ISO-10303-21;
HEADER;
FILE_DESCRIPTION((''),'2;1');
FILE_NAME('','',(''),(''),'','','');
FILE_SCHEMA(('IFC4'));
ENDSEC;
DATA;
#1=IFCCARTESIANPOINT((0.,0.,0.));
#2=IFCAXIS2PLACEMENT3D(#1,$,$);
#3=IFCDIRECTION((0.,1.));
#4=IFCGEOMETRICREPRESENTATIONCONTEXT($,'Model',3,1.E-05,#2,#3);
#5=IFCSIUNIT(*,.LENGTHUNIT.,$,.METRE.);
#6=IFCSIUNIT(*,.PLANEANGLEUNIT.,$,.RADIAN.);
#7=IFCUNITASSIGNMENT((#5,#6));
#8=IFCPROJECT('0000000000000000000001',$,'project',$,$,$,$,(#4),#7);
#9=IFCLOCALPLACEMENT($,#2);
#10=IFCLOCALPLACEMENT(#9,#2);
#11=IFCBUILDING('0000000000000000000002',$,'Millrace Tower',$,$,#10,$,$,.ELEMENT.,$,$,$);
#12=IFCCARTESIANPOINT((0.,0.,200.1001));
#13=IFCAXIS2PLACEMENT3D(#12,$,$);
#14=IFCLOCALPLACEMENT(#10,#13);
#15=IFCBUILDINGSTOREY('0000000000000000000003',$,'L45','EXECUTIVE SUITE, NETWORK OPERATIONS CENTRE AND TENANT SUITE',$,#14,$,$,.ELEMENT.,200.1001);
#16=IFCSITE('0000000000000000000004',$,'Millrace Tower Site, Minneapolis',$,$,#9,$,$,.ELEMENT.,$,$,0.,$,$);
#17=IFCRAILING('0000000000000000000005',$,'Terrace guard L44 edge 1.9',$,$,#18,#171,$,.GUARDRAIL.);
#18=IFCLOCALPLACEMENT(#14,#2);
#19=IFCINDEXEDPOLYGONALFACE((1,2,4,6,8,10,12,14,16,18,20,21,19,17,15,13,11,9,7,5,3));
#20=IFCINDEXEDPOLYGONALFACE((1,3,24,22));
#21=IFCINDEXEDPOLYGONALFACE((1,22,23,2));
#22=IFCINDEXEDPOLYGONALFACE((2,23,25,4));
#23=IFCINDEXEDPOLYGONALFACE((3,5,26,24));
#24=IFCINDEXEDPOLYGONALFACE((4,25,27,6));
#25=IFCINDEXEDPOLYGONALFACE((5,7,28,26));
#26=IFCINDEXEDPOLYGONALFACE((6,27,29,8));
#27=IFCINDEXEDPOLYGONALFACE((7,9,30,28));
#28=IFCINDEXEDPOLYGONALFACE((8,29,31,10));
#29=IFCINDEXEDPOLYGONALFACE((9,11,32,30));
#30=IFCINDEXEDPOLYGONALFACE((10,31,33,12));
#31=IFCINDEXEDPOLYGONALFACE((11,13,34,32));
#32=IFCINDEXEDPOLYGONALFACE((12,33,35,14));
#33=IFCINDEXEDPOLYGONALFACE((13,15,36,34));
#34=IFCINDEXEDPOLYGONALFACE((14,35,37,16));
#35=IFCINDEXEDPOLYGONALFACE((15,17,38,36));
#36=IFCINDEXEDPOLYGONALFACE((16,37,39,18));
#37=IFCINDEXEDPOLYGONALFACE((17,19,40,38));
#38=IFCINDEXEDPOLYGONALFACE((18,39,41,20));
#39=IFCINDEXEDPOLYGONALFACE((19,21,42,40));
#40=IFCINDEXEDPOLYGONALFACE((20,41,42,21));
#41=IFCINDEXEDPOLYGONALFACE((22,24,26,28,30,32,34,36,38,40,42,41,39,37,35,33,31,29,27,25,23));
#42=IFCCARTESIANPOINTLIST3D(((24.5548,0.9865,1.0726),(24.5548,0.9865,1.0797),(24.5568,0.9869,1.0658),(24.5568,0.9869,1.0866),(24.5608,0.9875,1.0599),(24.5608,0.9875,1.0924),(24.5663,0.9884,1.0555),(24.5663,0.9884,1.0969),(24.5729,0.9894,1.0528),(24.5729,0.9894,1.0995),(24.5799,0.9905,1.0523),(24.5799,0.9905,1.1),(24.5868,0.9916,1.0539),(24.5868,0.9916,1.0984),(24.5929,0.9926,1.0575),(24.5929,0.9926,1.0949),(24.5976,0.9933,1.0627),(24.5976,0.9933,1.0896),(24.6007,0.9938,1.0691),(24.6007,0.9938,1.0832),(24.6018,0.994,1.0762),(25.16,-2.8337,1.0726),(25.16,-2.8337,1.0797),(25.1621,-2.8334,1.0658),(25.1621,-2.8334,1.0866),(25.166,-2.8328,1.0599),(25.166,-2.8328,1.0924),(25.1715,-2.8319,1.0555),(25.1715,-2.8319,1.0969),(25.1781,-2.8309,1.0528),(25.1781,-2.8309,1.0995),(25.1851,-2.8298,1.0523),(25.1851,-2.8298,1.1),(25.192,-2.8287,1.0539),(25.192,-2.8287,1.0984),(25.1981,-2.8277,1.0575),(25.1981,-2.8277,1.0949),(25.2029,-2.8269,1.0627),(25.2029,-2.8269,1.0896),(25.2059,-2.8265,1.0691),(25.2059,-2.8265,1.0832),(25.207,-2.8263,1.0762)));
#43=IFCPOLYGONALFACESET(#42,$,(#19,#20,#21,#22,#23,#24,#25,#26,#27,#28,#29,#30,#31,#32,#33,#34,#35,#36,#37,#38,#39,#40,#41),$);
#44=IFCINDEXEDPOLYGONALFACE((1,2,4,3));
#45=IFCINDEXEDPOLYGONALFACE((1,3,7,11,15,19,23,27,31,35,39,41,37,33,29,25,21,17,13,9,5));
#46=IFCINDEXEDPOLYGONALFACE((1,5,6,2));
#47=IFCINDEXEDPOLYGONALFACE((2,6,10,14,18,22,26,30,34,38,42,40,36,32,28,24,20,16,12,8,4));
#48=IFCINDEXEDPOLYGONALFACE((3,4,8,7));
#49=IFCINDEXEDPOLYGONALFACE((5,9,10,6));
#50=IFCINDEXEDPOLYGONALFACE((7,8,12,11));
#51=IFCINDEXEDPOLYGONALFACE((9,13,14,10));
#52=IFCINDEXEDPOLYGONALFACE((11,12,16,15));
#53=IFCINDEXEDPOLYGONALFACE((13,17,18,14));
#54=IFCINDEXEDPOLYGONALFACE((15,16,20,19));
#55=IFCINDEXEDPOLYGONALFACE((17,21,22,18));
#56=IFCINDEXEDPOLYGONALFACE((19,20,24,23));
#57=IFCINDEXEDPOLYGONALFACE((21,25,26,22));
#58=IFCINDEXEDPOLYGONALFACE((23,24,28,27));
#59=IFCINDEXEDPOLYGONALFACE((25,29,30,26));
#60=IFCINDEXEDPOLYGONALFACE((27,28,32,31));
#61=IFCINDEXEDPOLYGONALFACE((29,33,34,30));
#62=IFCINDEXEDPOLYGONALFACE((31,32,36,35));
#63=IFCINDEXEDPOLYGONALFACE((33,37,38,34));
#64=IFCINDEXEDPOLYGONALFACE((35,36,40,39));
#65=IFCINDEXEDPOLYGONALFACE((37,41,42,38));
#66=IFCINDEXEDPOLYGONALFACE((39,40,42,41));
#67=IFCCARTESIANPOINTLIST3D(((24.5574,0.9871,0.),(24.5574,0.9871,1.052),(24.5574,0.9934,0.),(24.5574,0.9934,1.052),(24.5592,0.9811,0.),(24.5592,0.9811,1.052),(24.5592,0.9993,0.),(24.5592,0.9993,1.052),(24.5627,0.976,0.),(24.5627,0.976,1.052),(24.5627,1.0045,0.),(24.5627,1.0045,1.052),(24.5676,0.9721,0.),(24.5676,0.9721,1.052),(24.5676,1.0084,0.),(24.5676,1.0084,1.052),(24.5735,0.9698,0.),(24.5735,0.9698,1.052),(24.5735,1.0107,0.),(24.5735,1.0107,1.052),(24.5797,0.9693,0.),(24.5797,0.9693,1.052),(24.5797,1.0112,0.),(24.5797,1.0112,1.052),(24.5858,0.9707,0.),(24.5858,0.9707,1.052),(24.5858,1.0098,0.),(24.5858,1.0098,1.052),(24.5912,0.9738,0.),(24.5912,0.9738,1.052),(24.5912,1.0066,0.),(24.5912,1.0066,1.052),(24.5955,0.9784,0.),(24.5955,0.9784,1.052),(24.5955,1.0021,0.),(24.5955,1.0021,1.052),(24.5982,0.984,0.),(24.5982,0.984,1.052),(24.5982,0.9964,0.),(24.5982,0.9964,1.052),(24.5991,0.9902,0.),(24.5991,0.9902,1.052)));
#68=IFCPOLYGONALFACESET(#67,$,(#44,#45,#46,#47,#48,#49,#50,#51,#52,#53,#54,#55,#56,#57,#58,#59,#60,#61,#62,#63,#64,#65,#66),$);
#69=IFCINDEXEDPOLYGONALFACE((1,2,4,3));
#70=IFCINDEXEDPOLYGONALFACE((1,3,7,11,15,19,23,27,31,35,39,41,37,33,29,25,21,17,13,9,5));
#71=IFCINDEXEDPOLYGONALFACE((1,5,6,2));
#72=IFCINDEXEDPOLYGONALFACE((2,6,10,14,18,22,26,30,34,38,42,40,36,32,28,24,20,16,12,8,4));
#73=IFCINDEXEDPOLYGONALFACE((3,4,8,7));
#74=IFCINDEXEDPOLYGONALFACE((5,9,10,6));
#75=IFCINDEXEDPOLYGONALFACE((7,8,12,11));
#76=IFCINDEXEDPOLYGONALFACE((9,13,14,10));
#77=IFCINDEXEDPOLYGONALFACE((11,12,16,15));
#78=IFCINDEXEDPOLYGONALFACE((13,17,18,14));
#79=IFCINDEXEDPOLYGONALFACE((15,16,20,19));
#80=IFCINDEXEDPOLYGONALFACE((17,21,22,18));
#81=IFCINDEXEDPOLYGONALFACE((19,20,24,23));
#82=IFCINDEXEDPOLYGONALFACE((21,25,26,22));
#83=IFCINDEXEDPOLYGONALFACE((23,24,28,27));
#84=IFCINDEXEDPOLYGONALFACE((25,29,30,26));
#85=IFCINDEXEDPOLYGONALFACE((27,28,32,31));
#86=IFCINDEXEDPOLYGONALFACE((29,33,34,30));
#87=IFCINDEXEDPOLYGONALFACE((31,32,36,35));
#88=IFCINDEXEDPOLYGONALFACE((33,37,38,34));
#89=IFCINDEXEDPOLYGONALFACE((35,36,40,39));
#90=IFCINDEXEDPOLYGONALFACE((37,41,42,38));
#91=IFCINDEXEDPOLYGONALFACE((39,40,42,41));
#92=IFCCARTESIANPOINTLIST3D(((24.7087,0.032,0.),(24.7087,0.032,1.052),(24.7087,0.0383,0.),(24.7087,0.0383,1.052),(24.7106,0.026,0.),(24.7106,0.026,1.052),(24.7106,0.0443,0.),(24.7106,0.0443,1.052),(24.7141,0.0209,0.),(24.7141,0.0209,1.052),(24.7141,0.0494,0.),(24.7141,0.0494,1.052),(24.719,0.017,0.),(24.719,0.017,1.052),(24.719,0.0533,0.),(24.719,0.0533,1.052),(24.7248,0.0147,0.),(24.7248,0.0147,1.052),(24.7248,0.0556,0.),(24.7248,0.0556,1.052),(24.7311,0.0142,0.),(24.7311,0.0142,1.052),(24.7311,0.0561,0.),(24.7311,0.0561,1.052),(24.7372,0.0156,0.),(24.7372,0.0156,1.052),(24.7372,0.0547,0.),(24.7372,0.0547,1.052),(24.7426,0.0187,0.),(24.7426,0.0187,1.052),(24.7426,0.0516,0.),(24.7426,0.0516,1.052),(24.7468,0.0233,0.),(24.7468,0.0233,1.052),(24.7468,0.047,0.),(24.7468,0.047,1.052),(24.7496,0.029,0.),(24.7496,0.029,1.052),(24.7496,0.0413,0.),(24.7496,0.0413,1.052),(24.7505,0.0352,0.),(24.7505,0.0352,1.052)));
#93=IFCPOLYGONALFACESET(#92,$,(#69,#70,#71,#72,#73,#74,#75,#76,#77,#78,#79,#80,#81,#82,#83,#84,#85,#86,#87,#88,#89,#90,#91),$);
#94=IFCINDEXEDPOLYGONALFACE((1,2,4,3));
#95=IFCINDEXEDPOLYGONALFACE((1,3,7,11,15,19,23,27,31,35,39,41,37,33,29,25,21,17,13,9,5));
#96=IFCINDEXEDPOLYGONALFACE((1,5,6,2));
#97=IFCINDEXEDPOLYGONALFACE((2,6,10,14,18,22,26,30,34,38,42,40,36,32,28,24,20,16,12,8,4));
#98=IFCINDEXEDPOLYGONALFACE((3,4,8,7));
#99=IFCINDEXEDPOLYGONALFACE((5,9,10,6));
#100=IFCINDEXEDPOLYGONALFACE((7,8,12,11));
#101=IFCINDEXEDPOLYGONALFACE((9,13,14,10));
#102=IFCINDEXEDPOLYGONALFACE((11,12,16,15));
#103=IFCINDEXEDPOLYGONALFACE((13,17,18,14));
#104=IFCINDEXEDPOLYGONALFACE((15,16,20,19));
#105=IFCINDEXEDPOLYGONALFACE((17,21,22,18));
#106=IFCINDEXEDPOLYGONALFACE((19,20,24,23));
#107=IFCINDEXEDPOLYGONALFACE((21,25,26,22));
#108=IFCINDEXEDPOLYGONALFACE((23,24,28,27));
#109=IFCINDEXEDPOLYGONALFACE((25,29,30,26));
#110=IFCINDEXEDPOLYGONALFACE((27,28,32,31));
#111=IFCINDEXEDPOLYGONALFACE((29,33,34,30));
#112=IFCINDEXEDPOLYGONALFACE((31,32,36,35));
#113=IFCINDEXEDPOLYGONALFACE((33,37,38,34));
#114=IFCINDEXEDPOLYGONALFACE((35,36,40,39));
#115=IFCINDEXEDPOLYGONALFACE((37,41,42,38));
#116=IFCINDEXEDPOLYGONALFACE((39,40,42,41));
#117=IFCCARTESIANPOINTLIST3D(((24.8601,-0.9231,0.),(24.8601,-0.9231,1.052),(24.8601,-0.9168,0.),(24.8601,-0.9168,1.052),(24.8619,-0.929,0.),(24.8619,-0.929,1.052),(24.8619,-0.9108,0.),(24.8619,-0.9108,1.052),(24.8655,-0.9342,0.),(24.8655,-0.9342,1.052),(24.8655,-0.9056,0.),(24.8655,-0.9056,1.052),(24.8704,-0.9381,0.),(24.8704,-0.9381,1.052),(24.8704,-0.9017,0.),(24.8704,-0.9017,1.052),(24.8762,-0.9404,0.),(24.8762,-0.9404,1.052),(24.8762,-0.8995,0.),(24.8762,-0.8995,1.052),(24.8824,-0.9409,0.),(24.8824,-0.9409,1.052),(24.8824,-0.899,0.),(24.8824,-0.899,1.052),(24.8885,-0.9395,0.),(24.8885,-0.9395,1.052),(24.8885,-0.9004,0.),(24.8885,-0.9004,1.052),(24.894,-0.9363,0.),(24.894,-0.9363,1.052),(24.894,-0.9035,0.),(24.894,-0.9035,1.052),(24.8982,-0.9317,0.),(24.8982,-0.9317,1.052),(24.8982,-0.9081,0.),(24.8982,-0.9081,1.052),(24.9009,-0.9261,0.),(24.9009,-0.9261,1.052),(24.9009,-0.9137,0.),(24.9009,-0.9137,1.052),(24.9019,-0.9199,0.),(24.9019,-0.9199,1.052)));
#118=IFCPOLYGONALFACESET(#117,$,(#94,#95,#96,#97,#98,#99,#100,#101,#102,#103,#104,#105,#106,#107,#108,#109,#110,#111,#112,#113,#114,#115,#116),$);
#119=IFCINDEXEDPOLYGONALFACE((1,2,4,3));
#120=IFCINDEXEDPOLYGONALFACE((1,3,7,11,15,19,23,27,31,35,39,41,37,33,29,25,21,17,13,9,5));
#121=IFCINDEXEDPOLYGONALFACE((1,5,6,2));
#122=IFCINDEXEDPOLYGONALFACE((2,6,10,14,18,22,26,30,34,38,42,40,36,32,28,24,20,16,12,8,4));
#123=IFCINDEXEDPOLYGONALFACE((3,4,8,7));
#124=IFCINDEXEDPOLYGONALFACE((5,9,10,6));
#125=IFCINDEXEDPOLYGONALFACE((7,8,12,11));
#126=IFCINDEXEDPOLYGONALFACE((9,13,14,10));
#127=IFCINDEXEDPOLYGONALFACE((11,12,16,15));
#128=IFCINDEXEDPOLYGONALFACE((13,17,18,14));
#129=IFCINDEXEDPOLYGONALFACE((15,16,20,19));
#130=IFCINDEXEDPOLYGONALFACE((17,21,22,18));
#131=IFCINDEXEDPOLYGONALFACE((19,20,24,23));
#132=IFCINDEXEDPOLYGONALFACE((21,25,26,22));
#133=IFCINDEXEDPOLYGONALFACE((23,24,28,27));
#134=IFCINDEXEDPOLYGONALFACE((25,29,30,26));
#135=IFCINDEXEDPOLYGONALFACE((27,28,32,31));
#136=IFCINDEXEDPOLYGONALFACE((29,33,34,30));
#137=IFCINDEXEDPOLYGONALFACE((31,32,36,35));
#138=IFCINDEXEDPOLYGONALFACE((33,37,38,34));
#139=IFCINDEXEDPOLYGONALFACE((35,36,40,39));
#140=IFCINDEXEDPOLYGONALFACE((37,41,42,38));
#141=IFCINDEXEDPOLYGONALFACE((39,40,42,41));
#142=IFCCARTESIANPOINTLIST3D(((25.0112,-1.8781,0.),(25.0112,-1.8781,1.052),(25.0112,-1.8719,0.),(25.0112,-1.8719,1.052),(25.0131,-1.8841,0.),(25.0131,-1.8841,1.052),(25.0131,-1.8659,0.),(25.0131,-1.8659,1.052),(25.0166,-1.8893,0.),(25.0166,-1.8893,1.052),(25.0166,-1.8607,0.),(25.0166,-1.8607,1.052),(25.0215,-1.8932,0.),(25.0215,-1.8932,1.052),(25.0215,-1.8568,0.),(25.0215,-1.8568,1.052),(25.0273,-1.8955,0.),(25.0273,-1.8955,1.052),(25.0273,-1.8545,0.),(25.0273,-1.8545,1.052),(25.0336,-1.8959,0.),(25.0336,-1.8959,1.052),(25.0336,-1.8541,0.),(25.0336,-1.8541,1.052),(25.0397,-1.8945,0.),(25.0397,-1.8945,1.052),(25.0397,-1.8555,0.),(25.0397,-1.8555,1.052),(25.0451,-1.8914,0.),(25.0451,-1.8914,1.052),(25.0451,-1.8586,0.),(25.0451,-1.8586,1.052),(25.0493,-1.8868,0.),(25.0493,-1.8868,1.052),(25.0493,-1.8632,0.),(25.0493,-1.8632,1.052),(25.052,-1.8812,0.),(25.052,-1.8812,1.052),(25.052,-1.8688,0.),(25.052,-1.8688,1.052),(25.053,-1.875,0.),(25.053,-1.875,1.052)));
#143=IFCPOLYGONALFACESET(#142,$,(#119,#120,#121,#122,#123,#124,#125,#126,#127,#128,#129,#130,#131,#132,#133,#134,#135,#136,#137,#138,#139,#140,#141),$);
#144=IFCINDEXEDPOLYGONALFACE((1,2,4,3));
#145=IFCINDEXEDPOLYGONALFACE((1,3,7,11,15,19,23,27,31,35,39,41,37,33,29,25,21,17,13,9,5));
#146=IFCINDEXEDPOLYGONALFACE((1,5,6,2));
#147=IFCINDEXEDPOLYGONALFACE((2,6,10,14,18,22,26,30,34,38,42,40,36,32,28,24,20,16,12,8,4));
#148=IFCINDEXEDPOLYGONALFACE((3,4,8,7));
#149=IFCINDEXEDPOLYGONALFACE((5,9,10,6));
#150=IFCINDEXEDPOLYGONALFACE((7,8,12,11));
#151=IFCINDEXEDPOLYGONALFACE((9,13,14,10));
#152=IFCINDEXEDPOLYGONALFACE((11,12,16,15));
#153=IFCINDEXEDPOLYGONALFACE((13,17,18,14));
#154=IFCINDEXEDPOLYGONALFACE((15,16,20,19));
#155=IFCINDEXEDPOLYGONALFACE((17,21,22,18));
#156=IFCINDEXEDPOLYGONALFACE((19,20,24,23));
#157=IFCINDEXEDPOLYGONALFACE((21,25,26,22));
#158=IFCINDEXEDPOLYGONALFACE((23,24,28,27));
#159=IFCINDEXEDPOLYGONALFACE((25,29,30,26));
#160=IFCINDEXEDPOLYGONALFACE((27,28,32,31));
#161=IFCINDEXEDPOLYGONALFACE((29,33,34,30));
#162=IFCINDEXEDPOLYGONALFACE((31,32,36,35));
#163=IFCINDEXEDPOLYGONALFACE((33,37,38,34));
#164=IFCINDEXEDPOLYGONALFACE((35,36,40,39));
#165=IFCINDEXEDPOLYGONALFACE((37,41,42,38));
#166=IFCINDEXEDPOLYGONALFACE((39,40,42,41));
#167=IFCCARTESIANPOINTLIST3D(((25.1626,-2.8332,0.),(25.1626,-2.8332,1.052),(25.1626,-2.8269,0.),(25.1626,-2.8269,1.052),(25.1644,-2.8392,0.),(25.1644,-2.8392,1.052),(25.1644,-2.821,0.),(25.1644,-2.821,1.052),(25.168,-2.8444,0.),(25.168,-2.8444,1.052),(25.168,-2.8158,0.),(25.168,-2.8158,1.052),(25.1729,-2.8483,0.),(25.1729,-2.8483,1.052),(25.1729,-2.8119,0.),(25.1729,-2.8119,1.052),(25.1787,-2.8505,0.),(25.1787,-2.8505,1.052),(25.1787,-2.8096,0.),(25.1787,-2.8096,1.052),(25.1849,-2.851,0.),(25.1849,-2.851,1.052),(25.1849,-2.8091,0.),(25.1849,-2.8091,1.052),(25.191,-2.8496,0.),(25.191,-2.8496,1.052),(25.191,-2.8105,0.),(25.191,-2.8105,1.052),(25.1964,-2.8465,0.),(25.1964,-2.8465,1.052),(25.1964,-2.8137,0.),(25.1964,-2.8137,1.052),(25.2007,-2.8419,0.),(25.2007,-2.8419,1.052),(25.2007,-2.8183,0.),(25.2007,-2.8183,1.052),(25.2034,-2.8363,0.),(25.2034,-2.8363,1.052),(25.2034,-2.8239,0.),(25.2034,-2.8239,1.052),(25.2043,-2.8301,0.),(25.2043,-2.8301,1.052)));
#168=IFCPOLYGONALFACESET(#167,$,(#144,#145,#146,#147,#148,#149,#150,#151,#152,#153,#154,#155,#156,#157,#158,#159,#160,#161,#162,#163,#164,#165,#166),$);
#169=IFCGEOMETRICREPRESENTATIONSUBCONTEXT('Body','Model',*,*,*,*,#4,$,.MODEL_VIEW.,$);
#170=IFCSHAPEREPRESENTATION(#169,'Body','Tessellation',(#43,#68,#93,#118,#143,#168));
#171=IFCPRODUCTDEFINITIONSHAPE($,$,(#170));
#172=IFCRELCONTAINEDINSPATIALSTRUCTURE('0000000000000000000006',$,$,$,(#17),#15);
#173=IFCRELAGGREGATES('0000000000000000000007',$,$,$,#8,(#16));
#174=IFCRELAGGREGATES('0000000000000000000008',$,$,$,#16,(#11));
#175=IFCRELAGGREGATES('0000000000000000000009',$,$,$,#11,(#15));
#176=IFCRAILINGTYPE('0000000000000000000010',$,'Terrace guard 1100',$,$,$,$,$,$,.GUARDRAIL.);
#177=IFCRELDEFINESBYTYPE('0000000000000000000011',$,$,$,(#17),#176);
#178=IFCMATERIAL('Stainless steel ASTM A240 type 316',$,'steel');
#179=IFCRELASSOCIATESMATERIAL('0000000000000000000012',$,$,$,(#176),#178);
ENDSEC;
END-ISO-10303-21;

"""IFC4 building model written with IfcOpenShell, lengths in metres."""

from ifc_helpers import new_model, si_unit, direction, frame, origin, origin_2d, place, context, subcontext, project, spatial, circle, extrude, material, type_object, element, save


model = new_model("IFC4")

# Units and contexts
model_context = context("Model", 3, precision=1e-05, world=origin(), true_north=direction((0.0, 1.0)))
body_context = subcontext(model_context, "Body", "Model", "MODEL_VIEW")
ifc_project = project(units=[si_unit("LENGTHUNIT", "METRE"), si_unit("PLANEANGLEUNIT", "RADIAN")], contexts=[model_context])

# Site, building, storey
site_placement = place(None, origin())
site = spatial("IfcSite", under=ifc_project, at=site_placement, Name="Millrace Tower Site, Minneapolis", CompositionType="ELEMENT", RefElevation=0.0)
building_placement = place(site_placement, origin())
building = spatial("IfcBuilding", under=site, at=building_placement, Name="Millrace Tower", CompositionType="ELEMENT")
storey_placement = place(building_placement, frame((0.0, 0.0, 200.1001)))
storey = spatial("IfcBuildingStorey", under=building, at=storey_placement, Name="L45", Description="EXECUTIVE SUITE, NETWORK OPERATIONS CENTRE AND TENANT SUITE", CompositionType="ELEMENT", Elevation=200.1001)

# Railing
ifc_material_1 = material(Name="Stainless steel ASTM A240 type 316", Category="steel")
railing_type = type_object("IfcRailingType", Name="Terrace guard 1100", PredefinedType="GUARDRAIL", material=ifc_material_1)
for number, where, name in (
    (1, (24.5781, 0.9902, 0.0), "Terrace guard L44 edge 1.9"),
):
    element("IfcRailing", number, at=place(storey_placement, frame(where)), inside=storey, type_object=railing_type, Name=name, PredefinedType="GUARDRAIL", context=body_context, shape_type="SweptSolid", body=[
        extrude(circle(Radius=0.0239, at=origin_2d()), frame((0.0, 0.0, 1.0762), z_axis=(0.156471, -0.987682, 0.0), x_axis=(0.987682, 0.156471, 0.0)), (0.0, 0.0, 1.0), 3.8679),
        extrude(circle(Radius=0.021, at=origin_2d()), origin(), (0.0, 0.0, 1.0), 1.052),
        extrude(circle(Radius=0.021, at=origin_2d()), frame((0.1514, -0.9551, 0.0)), (0.0, 0.0, 1.0), 1.052),
        extrude(circle(Radius=0.021, at=origin_2d()), frame((0.3027, -1.9102, 0.0)), (0.0, 0.0, 1.0), 1.052),
        extrude(circle(Radius=0.021, at=origin_2d()), frame((0.4539, -2.8652, 0.0)), (0.0, 0.0, 1.0), 1.052),
        extrude(circle(Radius=0.021, at=origin_2d()), frame((0.6052, -3.8203, 0.0)), (0.0, 0.0, 1.0), 1.052),
    ])

save(model, "model.ifc")
